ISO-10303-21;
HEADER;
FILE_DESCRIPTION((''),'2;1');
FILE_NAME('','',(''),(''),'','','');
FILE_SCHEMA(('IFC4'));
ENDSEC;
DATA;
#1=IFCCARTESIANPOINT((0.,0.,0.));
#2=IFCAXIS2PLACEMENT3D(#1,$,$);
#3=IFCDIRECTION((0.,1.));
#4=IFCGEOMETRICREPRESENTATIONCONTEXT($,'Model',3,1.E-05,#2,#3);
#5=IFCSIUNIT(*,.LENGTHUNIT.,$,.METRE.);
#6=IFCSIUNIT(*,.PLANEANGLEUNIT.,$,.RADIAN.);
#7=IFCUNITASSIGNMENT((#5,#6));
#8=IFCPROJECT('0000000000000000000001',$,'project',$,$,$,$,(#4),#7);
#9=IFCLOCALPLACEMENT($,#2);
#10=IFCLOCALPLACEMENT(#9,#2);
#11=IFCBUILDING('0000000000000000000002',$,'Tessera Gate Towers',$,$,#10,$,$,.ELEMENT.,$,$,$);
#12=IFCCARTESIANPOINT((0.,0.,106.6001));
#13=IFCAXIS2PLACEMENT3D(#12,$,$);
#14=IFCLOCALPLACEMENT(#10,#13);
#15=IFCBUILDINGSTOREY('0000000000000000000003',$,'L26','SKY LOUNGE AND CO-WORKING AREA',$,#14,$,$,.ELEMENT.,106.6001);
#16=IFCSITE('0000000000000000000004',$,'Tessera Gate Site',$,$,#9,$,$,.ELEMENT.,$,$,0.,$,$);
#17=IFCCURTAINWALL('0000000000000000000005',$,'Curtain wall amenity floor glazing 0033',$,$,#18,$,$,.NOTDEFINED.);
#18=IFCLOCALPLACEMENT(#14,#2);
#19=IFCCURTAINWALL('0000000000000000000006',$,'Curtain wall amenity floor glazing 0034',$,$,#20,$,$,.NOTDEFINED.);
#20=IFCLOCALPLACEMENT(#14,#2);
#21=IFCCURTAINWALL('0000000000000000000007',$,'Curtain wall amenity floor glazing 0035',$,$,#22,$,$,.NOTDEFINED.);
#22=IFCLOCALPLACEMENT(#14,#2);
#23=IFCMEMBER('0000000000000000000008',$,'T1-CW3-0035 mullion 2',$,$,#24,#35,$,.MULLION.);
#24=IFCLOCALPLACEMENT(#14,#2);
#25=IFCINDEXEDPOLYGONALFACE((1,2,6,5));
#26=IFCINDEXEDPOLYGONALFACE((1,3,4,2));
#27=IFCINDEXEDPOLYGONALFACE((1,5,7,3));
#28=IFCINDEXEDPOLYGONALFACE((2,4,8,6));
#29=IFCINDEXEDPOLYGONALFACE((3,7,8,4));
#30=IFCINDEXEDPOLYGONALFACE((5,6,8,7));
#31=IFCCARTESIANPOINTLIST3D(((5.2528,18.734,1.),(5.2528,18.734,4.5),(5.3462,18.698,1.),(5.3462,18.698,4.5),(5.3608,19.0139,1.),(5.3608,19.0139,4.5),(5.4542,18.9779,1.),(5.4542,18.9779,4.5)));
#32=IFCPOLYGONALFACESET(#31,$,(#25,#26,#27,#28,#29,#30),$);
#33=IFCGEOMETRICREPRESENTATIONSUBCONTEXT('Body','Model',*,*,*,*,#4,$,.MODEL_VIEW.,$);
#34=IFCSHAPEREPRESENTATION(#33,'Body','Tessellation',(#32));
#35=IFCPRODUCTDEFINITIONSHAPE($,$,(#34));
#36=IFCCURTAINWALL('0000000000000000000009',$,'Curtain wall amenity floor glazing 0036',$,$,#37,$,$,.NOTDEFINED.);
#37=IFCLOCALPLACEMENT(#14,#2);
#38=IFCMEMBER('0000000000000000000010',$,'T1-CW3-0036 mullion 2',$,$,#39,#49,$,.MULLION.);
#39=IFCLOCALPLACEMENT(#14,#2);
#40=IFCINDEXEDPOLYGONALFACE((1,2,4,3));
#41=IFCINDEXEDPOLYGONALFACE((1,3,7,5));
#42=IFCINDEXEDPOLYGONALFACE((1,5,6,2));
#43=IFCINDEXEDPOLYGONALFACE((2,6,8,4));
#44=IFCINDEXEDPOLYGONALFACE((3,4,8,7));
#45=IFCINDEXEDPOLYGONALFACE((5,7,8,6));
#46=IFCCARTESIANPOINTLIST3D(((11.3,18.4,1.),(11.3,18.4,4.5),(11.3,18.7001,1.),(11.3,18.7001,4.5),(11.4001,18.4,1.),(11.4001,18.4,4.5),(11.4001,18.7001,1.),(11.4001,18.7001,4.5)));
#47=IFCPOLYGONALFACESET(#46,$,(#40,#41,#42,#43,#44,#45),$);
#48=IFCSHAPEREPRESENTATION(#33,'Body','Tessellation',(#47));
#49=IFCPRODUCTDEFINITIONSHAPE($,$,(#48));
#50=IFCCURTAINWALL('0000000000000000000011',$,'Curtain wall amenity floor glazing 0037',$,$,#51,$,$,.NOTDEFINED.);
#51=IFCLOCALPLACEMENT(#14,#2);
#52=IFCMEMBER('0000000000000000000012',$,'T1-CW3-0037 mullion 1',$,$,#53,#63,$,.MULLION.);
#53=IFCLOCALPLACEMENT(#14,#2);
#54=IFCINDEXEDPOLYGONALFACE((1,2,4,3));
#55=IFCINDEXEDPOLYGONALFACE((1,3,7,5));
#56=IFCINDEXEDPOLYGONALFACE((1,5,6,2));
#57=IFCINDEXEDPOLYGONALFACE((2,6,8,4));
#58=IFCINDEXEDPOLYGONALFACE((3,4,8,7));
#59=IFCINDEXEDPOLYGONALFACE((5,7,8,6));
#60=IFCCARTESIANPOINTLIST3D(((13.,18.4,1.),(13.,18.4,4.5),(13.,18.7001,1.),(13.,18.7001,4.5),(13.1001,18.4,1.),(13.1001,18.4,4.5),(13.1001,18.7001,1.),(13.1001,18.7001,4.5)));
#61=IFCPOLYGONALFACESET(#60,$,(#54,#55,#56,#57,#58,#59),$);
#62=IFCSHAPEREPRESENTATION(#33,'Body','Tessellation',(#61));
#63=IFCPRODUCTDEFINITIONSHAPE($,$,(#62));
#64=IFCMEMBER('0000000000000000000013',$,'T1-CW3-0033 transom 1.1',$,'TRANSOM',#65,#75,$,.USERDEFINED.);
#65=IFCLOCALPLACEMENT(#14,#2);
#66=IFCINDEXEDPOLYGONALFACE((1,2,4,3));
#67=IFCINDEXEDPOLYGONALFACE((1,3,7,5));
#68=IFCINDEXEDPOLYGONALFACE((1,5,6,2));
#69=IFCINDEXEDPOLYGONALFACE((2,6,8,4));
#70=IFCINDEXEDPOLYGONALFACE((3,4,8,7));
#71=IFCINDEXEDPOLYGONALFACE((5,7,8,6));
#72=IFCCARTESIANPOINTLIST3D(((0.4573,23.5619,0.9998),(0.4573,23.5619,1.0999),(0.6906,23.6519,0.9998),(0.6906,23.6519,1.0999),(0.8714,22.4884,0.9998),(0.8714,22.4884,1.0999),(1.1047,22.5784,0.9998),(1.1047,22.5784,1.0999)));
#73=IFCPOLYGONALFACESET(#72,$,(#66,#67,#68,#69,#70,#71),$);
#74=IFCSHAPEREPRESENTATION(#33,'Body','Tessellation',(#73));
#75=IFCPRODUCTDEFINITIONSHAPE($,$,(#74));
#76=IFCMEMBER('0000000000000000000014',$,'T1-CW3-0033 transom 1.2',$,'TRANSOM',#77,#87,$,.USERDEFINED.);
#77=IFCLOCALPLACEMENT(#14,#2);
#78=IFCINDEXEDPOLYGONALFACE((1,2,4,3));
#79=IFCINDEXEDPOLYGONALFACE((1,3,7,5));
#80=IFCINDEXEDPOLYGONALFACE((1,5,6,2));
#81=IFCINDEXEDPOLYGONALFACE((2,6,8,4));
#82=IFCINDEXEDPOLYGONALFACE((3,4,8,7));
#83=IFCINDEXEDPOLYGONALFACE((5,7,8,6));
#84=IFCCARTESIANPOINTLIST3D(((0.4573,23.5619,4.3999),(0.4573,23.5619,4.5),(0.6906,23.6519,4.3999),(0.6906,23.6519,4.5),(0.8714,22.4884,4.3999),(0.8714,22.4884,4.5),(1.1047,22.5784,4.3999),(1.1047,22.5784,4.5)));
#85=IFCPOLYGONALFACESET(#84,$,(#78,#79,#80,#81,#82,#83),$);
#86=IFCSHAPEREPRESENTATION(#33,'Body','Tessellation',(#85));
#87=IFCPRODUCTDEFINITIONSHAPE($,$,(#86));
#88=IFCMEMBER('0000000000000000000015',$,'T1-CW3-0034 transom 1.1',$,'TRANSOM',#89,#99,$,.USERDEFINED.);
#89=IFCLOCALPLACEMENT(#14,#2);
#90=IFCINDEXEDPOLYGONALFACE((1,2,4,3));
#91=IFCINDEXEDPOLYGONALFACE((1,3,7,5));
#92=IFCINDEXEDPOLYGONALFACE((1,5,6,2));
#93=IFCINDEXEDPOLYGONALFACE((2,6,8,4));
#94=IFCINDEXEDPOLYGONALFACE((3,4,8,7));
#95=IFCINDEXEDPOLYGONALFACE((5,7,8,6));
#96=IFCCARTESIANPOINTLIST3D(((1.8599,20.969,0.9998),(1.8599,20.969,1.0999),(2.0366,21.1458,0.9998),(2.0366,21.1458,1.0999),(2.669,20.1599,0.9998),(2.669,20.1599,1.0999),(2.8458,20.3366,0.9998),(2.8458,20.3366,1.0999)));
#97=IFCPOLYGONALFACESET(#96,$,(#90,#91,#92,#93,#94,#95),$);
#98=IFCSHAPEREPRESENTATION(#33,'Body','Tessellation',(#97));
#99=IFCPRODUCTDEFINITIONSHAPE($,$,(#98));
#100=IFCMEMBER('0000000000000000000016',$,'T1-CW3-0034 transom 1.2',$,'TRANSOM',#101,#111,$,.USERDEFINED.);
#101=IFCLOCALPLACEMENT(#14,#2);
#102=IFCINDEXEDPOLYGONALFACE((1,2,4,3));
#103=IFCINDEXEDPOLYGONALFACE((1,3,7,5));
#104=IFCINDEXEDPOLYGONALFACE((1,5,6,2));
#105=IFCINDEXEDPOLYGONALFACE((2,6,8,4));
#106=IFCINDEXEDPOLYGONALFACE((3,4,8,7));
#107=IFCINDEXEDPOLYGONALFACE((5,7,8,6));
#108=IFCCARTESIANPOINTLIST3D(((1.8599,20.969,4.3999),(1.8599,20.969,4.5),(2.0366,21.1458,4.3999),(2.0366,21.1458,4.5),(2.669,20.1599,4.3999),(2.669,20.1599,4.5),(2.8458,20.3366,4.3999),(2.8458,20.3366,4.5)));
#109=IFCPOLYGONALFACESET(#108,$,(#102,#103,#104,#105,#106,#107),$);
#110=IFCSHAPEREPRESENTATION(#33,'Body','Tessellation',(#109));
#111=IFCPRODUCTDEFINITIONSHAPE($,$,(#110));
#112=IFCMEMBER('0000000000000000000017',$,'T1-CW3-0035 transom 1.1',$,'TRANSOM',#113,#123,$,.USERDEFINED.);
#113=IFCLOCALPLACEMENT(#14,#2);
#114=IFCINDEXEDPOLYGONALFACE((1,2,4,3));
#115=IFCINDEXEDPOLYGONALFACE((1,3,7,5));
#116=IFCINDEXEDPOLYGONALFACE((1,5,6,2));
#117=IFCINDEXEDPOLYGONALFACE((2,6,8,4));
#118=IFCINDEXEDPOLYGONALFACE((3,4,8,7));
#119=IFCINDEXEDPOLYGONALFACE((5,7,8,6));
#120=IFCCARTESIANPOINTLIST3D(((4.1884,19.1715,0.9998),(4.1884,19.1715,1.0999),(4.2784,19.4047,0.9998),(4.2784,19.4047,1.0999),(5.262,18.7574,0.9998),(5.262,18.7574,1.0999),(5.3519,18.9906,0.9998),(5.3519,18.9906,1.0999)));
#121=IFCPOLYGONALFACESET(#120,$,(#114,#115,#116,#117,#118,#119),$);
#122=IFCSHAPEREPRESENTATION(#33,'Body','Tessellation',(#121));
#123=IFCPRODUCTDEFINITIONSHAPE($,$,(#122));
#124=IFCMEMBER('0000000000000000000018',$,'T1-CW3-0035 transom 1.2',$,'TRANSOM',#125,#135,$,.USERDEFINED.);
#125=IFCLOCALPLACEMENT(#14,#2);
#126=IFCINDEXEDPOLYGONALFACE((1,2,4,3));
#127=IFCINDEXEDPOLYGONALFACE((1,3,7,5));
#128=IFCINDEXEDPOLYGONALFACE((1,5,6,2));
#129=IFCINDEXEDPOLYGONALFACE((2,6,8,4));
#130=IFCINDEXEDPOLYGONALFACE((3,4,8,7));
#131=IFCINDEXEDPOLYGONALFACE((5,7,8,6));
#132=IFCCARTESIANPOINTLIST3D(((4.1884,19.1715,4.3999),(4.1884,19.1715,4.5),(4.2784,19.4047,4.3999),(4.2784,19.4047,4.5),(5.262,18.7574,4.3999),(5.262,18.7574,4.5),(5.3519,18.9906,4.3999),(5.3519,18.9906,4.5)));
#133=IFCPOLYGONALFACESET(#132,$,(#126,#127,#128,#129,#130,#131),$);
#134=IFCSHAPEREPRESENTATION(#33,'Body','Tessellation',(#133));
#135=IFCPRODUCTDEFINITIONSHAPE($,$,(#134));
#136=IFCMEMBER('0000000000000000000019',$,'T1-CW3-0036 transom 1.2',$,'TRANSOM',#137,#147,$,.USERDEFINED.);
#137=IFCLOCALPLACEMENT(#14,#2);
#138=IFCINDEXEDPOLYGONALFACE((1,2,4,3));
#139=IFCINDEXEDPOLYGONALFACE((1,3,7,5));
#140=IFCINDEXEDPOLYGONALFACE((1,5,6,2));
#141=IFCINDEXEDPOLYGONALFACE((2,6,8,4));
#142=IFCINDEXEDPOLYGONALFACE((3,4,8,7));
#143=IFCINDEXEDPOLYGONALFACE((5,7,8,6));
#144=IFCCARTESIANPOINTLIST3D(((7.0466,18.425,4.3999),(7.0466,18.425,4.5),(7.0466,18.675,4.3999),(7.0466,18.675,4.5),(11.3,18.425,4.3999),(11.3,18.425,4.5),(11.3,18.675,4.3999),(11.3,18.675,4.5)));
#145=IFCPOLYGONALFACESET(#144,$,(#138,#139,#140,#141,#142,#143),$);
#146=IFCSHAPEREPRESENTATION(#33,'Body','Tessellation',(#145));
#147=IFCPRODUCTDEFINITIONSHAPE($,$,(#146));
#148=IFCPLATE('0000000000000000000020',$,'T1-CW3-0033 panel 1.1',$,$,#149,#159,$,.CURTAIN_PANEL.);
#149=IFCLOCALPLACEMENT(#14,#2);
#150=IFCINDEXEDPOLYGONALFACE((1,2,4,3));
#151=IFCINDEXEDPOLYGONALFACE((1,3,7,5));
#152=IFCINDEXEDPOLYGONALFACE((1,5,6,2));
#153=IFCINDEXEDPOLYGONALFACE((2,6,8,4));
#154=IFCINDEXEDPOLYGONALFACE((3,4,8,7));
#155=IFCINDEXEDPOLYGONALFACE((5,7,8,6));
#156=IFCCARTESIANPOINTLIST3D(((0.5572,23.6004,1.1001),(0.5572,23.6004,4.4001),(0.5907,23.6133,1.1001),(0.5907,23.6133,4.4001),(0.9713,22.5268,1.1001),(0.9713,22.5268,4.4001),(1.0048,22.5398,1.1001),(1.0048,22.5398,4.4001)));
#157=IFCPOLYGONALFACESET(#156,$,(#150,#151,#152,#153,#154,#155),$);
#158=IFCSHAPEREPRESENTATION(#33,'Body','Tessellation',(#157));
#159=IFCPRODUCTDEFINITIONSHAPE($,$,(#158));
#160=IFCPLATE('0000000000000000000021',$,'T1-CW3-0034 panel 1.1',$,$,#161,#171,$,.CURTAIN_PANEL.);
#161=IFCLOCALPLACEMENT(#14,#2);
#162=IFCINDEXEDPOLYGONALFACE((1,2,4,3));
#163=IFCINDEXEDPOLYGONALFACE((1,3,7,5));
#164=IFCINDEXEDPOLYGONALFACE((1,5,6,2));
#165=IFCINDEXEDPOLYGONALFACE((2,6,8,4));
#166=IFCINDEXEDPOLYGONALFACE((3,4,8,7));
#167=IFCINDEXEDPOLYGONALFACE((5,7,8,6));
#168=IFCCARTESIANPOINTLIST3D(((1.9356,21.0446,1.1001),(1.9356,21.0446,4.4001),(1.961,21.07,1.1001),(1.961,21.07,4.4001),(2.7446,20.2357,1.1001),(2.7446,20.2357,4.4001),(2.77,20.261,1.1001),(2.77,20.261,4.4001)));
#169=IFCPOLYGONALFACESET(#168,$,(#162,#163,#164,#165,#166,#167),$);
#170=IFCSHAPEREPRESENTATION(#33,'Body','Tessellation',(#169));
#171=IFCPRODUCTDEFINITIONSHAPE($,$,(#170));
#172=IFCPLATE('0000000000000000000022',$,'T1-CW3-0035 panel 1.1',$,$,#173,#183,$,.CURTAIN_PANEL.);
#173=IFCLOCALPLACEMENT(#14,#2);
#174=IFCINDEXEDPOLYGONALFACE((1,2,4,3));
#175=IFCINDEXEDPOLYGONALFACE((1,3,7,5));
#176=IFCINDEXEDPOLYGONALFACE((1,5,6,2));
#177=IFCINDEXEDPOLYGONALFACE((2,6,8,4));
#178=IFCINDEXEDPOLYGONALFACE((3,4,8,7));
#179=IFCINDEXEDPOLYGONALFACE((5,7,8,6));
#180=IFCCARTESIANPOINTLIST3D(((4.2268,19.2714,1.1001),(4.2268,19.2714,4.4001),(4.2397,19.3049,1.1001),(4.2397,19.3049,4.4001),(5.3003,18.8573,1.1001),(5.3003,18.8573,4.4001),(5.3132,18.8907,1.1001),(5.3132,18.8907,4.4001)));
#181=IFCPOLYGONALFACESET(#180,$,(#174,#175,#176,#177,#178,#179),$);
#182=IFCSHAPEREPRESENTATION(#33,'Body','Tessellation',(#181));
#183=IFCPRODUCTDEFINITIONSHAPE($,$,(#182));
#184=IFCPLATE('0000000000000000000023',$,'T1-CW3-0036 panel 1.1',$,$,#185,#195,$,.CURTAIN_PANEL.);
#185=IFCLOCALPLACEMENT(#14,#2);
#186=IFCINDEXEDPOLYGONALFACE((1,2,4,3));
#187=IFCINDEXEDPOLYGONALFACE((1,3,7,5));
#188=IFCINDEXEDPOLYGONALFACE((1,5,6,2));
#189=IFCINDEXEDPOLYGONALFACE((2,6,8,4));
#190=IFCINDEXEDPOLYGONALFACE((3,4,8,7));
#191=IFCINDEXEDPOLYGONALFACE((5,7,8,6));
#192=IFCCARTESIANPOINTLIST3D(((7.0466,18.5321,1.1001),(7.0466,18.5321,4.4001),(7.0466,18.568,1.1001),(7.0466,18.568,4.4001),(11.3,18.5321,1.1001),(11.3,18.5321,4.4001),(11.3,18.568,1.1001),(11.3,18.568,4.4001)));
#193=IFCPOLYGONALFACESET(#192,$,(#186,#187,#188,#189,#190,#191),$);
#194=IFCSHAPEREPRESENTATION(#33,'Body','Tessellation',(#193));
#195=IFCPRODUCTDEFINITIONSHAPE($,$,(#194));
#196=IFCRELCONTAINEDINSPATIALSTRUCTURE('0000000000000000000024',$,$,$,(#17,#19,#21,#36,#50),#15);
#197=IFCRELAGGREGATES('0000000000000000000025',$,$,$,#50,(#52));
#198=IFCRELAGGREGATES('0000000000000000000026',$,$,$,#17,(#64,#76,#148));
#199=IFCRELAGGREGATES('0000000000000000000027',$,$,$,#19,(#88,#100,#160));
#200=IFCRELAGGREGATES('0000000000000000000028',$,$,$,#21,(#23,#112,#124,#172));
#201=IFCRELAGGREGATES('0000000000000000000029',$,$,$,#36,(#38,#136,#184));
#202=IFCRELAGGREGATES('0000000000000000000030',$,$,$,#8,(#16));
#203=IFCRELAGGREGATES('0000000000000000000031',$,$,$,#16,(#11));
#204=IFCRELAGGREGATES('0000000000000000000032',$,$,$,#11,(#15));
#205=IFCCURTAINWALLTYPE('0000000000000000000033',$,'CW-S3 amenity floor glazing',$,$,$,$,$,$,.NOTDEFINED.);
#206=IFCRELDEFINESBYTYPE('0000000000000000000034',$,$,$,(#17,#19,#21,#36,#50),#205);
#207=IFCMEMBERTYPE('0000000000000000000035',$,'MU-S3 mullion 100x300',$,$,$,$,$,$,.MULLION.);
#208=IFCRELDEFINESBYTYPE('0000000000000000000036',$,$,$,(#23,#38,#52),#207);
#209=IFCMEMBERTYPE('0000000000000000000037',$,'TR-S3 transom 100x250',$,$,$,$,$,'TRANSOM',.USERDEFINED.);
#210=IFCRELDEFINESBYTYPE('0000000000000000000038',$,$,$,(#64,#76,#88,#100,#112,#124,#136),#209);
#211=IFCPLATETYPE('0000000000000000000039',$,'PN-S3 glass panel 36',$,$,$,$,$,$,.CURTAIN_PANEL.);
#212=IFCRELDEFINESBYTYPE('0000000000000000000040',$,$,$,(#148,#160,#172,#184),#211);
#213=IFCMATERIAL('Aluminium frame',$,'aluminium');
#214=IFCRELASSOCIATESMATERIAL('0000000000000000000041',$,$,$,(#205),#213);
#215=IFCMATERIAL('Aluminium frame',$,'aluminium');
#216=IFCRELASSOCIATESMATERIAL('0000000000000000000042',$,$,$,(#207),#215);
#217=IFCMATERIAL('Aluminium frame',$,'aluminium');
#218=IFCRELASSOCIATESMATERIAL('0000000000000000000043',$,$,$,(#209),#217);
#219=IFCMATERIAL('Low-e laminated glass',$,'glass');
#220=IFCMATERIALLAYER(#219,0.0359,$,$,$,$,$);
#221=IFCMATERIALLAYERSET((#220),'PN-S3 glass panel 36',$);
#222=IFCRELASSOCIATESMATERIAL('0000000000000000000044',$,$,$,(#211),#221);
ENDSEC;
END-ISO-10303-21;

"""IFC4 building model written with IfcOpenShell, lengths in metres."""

from ifc_helpers import new_model, si_unit, direction, frame, origin, origin_2d, place, context, subcontext, project, spatial, rectangle, extrude, material, layer, layer_set, material_profile, profile_set, type_object, element, aggregate, save


model = new_model("IFC4")

# Units and contexts
model_context = context("Model", 3, precision=1e-05, world=origin(), true_north=direction((0.0, 1.0)))
body_context = subcontext(model_context, "Body", "Model", "MODEL_VIEW")
ifc_project = project(units=[si_unit("LENGTHUNIT", "METRE"), si_unit("PLANEANGLEUNIT", "RADIAN")], contexts=[model_context])

# Site, building, storey
site_placement = place(None, origin())
site = spatial("IfcSite", under=ifc_project, at=site_placement, Name="Tessera Gate Site", CompositionType="ELEMENT", RefElevation=0.0)
building_placement = place(site_placement, origin())
building = spatial("IfcBuilding", under=site, at=building_placement, Name="Tessera Gate Towers", CompositionType="ELEMENT")
storey_placement = place(building_placement, frame((0.0, 0.0, 106.6001)))
storey = spatial("IfcBuildingStorey", under=building, at=storey_placement, Name="L26", Description="SKY LOUNGE AND CO-WORKING AREA", CompositionType="ELEMENT", Elevation=106.6001)

# Curtain walls, member
ifc_material_1 = material(Name="Aluminium frame", Category="aluminium")
curtain_wall_type = type_object("IfcCurtainWallType", Name="CW-S3 amenity floor glazing", PredefinedType="NOTDEFINED", material=ifc_material_1)
curtain_wall_1_placement = place(storey_placement, origin())
curtain_wall_1 = element("IfcCurtainWall", 1, at=curtain_wall_1_placement, inside=storey, type_object=curtain_wall_type, Name="Curtain wall amenity floor glazing 0033", PredefinedType="NOTDEFINED")
ifc_material_2 = material(Name="Aluminium frame", Category="aluminium")
ifc_material_profile_1 = material_profile(ifc_material_2, rectangle(XDim=0.1001, YDim=0.3, at=origin_2d()), Name="AL 100x300")
ifc_profile_set_1 = profile_set([ifc_material_profile_1], Name="Aluminium frame")
member_type_1 = type_object("IfcMemberType", Name="MU-S3 mullion 100x300", PredefinedType="MULLION", material=ifc_profile_set_1)
curtain_wall_2_placement = place(storey_placement, origin())
curtain_wall_2 = element("IfcCurtainWall", 2, at=curtain_wall_2_placement, inside=storey, type_object=curtain_wall_type, Name="Curtain wall amenity floor glazing 0034", PredefinedType="NOTDEFINED")
curtain_wall_3_placement = place(storey_placement, origin())
curtain_wall_3 = element("IfcCurtainWall", 3, at=curtain_wall_3_placement, inside=storey, type_object=curtain_wall_type, Name="Curtain wall amenity floor glazing 0035", PredefinedType="NOTDEFINED")
member_1_placement = place(storey_placement, frame((5.3535, 18.856, 1.0), z_axis=(0.0, 0.0, 1.0), x_axis=(0.932989, -0.359904, 0.0)))
member_1 = element("IfcMember", 4, at=member_1_placement, type_object=member_type_1, Name="T1-CW3-0035 mullion 2", PredefinedType="MULLION", context=body_context, shape_type="SweptSolid", body=[
    extrude(rectangle(XDim=0.1001, YDim=0.3, at=origin_2d()), origin(), (0.0, 0.0, 1.0), 3.5),
])

# Curtain walls, members
curtain_wall_4_placement = place(storey_placement, origin())
curtain_wall_4 = element("IfcCurtainWall", 5, at=curtain_wall_4_placement, inside=storey, type_object=curtain_wall_type, Name="Curtain wall amenity floor glazing 0036", PredefinedType="NOTDEFINED")
member_2_placement = place(storey_placement, frame((11.3501, 18.55, 1.0), z_axis=(0.0, 0.0, 1.0), x_axis=(1.0, 0.0, 0.0)))
member_2 = element("IfcMember", 6, at=member_2_placement, type_object=member_type_1, Name="T1-CW3-0036 mullion 2", PredefinedType="MULLION", context=body_context, shape_type="SweptSolid", body=[
    extrude(rectangle(XDim=0.1001, YDim=0.3, at=origin_2d()), origin(), (0.0, 0.0, 1.0), 3.5),
])
curtain_wall_5_placement = place(storey_placement, origin())
curtain_wall_5 = element("IfcCurtainWall", 7, at=curtain_wall_5_placement, inside=storey, type_object=curtain_wall_type, Name="Curtain wall amenity floor glazing 0037", PredefinedType="NOTDEFINED")
member_3_placement = place(storey_placement, frame((13.05, 18.55, 1.0), z_axis=(0.0, 0.0, 1.0), x_axis=(1.0, 0.0, 0.0)))
member_3 = element("IfcMember", 8, at=member_3_placement, type_object=member_type_1, Name="T1-CW3-0037 mullion 1", PredefinedType="MULLION", context=body_context, shape_type="SweptSolid", body=[
    extrude(rectangle(XDim=0.1001, YDim=0.3, at=origin_2d()), origin(), (0.0, 0.0, 1.0), 3.5),
])
aggregate(curtain_wall_5, [member_3])

# Members
ifc_material_3 = material(Name="Aluminium frame", Category="aluminium")
ifc_material_profile_2 = material_profile(ifc_material_3, rectangle(XDim=0.25, YDim=0.1001, at=origin_2d()), Name="AL 100x250")
ifc_profile_set_2 = profile_set([ifc_material_profile_2], Name="Aluminium frame")
member_type_2 = type_object("IfcMemberType", Name="TR-S3 transom 100x250", ElementType="TRANSOM", PredefinedType="USERDEFINED", material=ifc_profile_set_2)
member_4_placement = place(storey_placement, frame((0.574, 23.6069, 1.0498), z_axis=(0.359875, -0.933001, 0.0), x_axis=(0.933001, 0.359875, 0.0)))
member_4 = element("IfcMember", 9, at=member_4_placement, type_object=member_type_2, Name="T1-CW3-0033 transom 1.1", ObjectType="TRANSOM", PredefinedType="USERDEFINED", context=body_context, shape_type="SweptSolid", body=[
    extrude(rectangle(XDim=0.25, YDim=0.1001, at=origin_2d()), origin(), (0.0, 0.0, 1.0), 1.1506),
])
member_5_placement = place(storey_placement, frame((0.574, 23.6069, 4.45), z_axis=(0.359875, -0.933001, 0.0), x_axis=(0.933001, 0.359875, 0.0)))
member_5 = element("IfcMember", 10, at=member_5_placement, type_object=member_type_2, Name="T1-CW3-0033 transom 1.2", ObjectType="TRANSOM", PredefinedType="USERDEFINED", context=body_context, shape_type="SweptSolid", body=[
    extrude(rectangle(XDim=0.25, YDim=0.1001, at=origin_2d()), origin(), (0.0, 0.0, 1.0), 1.1506),
])
member_6_placement = place(storey_placement, frame((1.9482, 21.0574, 1.0498), z_axis=(0.707107, -0.707107, 0.0), x_axis=(0.707107, 0.707107, 0.0)))
member_6 = element("IfcMember", 11, at=member_6_placement, type_object=member_type_2, Name="T1-CW3-0034 transom 1.1", ObjectType="TRANSOM", PredefinedType="USERDEFINED", context=body_context, shape_type="SweptSolid", body=[
    extrude(rectangle(XDim=0.25, YDim=0.1001, at=origin_2d()), origin(), (0.0, 0.0, 1.0), 1.1443),
])
member_7_placement = place(storey_placement, frame((1.9482, 21.0574, 4.45), z_axis=(0.707107, -0.707107, 0.0), x_axis=(0.707107, 0.707107, 0.0)))
member_7 = element("IfcMember", 12, at=member_7_placement, type_object=member_type_2, Name="T1-CW3-0034 transom 1.2", ObjectType="TRANSOM", PredefinedType="USERDEFINED", context=body_context, shape_type="SweptSolid", body=[
    extrude(rectangle(XDim=0.25, YDim=0.1001, at=origin_2d()), origin(), (0.0, 0.0, 1.0), 1.1443),
])
member_8_placement = place(storey_placement, frame((4.2334, 19.2881, 1.0498), z_axis=(0.933001, -0.359875, 0.0), x_axis=(0.359875, 0.933001, 0.0)))
member_8 = element("IfcMember", 13, at=member_8_placement, type_object=member_type_2, Name="T1-CW3-0035 transom 1.1", ObjectType="TRANSOM", PredefinedType="USERDEFINED", context=body_context, shape_type="SweptSolid", body=[
    extrude(rectangle(XDim=0.25, YDim=0.1001, at=origin_2d()), origin(), (0.0, 0.0, 1.0), 1.1506),
])
member_9_placement = place(storey_placement, frame((4.2334, 19.2881, 4.45), z_axis=(0.933001, -0.359875, 0.0), x_axis=(0.359875, 0.933001, 0.0)))
member_9 = element("IfcMember", 14, at=member_9_placement, type_object=member_type_2, Name="T1-CW3-0035 transom 1.2", ObjectType="TRANSOM", PredefinedType="USERDEFINED", context=body_context, shape_type="SweptSolid", body=[
    extrude(rectangle(XDim=0.25, YDim=0.1001, at=origin_2d()), origin(), (0.0, 0.0, 1.0), 1.1506),
])
member_10_placement = place(storey_placement, frame((7.0466, 18.55, 4.45), z_axis=(1.0, 0.0, 0.0), x_axis=(0.0, 1.0, 0.0)))
member_10 = element("IfcMember", 15, at=member_10_placement, type_object=member_type_2, Name="T1-CW3-0036 transom 1.2", ObjectType="TRANSOM", PredefinedType="USERDEFINED", context=body_context, shape_type="SweptSolid", body=[
    extrude(rectangle(XDim=0.25, YDim=0.1001, at=origin_2d()), origin(), (0.0, 0.0, 1.0), 4.2534),
])

# Plates
ifc_material_4 = material(Name="Low-e laminated glass", Category="glass")
ifc_layer_1 = layer(ifc_material_4, 0.0359)
ifc_layer_set_1 = layer_set([ifc_layer_1], Name="PN-S3 glass panel 36")
plate_type = type_object("IfcPlateType", Name="PN-S3 glass panel 36", PredefinedType="CURTAIN_PANEL", material=ifc_layer_set_1)
plate_1_placement = place(storey_placement, frame((0.781, 23.0701, 1.1001), z_axis=(0.0, 0.0, 1.0), x_axis=(0.359904, -0.932989, 0.0)))
plate_1 = element("IfcPlate", 16, at=plate_1_placement, type_object=plate_type, Name="T1-CW3-0033 panel 1.1", PredefinedType="CURTAIN_PANEL", context=body_context, shape_type="SweptSolid", body=[
    extrude(rectangle(XDim=1.1506, YDim=0.0359, at=origin_2d()), origin(), (0.0, 0.0, 1.0), 3.3),
])
aggregate(curtain_wall_1, [member_4, member_5, plate_1])
plate_2_placement = place(storey_placement, frame((2.3528, 20.6528, 1.1001), z_axis=(0.0, 0.0, 1.0), x_axis=(0.707107, -0.707107, 0.0)))
plate_2 = element("IfcPlate", 17, at=plate_2_placement, type_object=plate_type, Name="T1-CW3-0034 panel 1.1", PredefinedType="CURTAIN_PANEL", context=body_context, shape_type="SweptSolid", body=[
    extrude(rectangle(XDim=1.144, YDim=0.0359, at=origin_2d()), origin(), (0.0, 0.0, 1.0), 3.3),
])
aggregate(curtain_wall_2, [member_6, member_7, plate_2])
plate_3_placement = place(storey_placement, frame((4.77, 19.0811, 1.1001), z_axis=(0.0, 0.0, 1.0), x_axis=(0.932989, -0.359904, 0.0)))
plate_3 = element("IfcPlate", 18, at=plate_3_placement, type_object=plate_type, Name="T1-CW3-0035 panel 1.1", PredefinedType="CURTAIN_PANEL", context=body_context, shape_type="SweptSolid", body=[
    extrude(rectangle(XDim=1.1506, YDim=0.0359, at=origin_2d()), origin(), (0.0, 0.0, 1.0), 3.3),
])
aggregate(curtain_wall_3, [member_1, member_8, member_9, plate_3])
plate_4_placement = place(storey_placement, frame((9.1733, 18.55, 1.1001), z_axis=(0.0, 0.0, 1.0), x_axis=(1.0, 0.0, 0.0)))
plate_4 = element("IfcPlate", 19, at=plate_4_placement, type_object=plate_type, Name="T1-CW3-0036 panel 1.1", PredefinedType="CURTAIN_PANEL", context=body_context, shape_type="SweptSolid", body=[
    extrude(rectangle(XDim=4.2534, YDim=0.0359, at=origin_2d()), origin(), (0.0, 0.0, 1.0), 3.3),
])
aggregate(curtain_wall_4, [member_2, member_10, plate_4])

save(model, "model.ifc")
